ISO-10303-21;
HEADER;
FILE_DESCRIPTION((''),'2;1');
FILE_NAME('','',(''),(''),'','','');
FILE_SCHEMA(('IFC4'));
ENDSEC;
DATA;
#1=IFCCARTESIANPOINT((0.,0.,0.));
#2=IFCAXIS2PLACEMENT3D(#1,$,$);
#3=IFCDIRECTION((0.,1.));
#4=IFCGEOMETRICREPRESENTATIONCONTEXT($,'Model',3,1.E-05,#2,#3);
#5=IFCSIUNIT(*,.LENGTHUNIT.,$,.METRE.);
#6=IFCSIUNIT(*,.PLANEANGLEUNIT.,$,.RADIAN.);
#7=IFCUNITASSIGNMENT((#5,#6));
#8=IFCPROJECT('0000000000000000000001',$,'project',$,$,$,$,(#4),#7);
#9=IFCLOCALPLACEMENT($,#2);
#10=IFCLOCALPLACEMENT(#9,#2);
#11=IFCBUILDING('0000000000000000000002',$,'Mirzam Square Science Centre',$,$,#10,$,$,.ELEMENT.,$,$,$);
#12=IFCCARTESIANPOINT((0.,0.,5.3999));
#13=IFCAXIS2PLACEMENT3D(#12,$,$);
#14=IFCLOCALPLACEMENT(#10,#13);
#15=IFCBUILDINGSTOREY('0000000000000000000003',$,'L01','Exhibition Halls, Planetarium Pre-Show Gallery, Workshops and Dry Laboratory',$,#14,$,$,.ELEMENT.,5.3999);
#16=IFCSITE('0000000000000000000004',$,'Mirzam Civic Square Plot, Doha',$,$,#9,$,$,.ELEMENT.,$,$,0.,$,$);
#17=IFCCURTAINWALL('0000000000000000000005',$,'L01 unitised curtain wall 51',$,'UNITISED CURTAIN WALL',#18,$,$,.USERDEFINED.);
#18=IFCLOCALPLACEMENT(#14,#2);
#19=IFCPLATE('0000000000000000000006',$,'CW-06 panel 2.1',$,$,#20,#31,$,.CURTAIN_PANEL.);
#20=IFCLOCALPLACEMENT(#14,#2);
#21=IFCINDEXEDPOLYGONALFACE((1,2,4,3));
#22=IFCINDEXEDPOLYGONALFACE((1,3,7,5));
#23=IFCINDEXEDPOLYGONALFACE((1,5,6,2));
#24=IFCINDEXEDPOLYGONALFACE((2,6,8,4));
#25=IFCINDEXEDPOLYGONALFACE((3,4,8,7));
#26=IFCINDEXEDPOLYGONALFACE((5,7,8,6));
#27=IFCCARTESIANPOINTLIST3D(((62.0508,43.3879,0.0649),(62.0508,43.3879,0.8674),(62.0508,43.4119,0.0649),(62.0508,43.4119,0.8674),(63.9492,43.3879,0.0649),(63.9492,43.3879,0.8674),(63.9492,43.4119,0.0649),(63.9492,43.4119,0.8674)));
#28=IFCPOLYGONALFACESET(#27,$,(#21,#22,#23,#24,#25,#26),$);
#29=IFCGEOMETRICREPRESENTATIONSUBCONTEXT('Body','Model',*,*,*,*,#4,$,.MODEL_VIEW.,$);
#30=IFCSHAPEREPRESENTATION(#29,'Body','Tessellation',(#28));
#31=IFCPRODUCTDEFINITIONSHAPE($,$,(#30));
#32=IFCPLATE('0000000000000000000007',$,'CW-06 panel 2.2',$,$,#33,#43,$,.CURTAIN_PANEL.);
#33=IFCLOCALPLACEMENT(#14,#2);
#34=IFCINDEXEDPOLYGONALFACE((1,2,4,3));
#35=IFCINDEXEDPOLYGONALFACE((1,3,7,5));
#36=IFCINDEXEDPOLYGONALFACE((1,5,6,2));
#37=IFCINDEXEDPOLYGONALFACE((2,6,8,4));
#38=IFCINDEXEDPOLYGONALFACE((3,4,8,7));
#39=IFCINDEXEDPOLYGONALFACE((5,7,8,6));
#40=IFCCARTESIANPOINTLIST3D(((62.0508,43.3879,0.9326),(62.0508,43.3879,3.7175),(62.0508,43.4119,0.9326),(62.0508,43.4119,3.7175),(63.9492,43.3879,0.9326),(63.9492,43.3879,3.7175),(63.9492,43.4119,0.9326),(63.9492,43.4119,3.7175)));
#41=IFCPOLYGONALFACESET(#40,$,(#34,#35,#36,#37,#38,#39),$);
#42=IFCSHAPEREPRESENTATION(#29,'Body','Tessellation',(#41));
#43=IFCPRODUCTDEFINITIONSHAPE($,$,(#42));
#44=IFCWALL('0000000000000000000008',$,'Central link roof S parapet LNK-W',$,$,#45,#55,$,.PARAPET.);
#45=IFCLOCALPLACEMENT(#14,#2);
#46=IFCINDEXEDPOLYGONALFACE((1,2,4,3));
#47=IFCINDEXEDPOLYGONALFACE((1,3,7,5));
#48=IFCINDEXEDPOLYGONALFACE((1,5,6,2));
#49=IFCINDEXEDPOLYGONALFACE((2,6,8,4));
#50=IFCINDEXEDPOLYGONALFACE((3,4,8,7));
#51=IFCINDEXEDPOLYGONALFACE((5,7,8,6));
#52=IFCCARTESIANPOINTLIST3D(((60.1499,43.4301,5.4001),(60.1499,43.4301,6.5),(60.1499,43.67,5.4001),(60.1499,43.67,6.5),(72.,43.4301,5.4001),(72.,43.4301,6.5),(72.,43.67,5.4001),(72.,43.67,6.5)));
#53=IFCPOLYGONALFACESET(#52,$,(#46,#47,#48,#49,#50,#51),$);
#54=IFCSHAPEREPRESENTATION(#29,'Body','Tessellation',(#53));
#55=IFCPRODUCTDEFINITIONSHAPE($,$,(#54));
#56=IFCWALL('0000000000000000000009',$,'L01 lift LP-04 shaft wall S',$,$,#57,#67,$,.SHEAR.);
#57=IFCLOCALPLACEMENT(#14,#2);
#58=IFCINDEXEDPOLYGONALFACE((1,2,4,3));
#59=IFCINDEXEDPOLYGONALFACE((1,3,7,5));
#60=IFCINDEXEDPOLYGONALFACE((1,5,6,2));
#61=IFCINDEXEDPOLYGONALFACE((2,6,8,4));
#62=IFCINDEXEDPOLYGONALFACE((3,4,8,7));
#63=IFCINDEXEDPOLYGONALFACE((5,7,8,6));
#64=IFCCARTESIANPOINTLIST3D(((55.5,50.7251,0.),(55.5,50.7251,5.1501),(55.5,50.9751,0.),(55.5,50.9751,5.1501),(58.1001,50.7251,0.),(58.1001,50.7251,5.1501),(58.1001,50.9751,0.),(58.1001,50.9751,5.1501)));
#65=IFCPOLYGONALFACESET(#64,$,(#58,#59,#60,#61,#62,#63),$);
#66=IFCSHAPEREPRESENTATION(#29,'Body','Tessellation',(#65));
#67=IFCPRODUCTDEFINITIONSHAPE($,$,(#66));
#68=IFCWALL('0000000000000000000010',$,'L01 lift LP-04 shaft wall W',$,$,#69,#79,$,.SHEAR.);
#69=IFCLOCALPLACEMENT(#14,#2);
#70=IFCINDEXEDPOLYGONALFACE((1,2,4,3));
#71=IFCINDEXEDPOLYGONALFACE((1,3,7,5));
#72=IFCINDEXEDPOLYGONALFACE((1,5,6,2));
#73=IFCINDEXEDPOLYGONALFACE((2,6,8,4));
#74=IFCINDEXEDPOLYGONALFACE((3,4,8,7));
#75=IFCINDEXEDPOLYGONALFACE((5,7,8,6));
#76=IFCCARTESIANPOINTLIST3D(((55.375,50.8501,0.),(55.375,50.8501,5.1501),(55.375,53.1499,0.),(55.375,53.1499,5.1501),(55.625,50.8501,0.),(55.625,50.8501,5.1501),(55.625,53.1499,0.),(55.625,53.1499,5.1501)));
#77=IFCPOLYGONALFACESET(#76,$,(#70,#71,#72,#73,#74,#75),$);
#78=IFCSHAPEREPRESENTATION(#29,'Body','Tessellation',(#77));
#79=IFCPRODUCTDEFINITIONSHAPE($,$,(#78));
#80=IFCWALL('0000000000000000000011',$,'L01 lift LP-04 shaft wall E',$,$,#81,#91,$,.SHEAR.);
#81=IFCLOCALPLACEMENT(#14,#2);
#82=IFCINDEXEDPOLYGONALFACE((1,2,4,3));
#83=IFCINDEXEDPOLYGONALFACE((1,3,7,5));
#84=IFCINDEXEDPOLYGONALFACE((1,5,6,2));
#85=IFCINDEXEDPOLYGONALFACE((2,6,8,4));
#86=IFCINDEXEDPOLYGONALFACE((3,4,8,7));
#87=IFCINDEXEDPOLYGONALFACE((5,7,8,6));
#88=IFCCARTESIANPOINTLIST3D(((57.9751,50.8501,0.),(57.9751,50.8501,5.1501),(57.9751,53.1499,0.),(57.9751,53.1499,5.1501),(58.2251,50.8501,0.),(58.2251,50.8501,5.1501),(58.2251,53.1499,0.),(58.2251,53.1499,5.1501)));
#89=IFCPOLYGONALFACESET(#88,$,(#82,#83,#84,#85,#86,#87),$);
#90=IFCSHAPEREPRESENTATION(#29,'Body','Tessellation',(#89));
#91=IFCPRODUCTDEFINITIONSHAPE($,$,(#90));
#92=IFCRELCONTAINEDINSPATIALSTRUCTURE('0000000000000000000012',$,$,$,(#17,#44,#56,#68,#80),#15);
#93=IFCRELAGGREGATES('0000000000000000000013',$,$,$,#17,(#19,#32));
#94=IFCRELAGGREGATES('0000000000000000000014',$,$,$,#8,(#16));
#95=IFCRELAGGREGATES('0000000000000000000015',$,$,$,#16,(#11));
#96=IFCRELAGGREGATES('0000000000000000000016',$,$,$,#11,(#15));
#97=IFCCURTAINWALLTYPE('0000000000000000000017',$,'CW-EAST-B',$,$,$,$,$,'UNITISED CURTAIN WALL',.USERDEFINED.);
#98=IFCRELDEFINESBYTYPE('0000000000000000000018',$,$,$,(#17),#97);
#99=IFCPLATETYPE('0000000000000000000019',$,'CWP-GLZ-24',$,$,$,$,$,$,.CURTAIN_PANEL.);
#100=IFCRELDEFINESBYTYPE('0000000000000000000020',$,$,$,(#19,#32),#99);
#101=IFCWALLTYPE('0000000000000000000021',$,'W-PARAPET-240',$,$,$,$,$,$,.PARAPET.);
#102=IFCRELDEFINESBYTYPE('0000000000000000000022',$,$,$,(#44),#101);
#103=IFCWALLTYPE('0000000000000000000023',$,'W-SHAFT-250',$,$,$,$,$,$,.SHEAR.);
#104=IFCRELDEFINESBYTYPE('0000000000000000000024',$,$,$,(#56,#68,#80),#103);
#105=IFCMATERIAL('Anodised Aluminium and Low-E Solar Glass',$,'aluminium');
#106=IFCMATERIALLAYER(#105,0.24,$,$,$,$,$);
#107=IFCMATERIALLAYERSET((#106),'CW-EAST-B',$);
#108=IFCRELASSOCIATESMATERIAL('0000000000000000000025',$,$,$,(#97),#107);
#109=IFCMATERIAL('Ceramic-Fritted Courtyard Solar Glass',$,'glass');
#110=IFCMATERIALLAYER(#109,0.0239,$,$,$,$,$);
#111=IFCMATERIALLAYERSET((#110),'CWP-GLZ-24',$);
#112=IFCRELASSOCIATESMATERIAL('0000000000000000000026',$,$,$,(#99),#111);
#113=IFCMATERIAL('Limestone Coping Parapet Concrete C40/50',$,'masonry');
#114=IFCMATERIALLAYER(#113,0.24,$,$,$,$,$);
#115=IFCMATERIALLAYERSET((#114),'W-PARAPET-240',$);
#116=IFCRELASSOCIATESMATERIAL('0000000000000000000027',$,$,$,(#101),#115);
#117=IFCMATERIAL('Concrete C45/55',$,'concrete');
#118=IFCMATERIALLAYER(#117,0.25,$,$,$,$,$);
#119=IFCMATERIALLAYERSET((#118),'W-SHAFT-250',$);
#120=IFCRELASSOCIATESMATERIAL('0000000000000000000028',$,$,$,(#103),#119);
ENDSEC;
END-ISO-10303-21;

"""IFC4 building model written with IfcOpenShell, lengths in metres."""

from ifc_helpers import new_model, si_unit, direction, frame, frame_2d, origin, origin_2d, place, context, subcontext, project, spatial, rectangle, extrude, material, layer, layer_set, type_object, element, aggregate, save


model = new_model("IFC4")

# Units and contexts
model_context = context("Model", 3, precision=1e-05, world=origin(), true_north=direction((0.0, 1.0)))
body_context = subcontext(model_context, "Body", "Model", "MODEL_VIEW")
ifc_project = project(units=[si_unit("LENGTHUNIT", "METRE"), si_unit("PLANEANGLEUNIT", "RADIAN")], contexts=[model_context])

# Site, building, storey
site_placement = place(None, origin())
site = spatial("IfcSite", under=ifc_project, at=site_placement, Name="Mirzam Civic Square Plot, Doha", CompositionType="ELEMENT", RefElevation=0.0)
building_placement = place(site_placement, origin())
building = spatial("IfcBuilding", under=site, at=building_placement, Name="Mirzam Square Science Centre", CompositionType="ELEMENT")
storey_placement = place(building_placement, frame((0.0, 0.0, 5.3999)))
storey = spatial("IfcBuildingStorey", under=building, at=storey_placement, Name="L01", Description="Exhibition Halls, Planetarium Pre-Show Gallery, Workshops and Dry Laboratory", CompositionType="ELEMENT", Elevation=5.3999)

# Curtain wall
ifc_material_1 = material(Name="Anodised Aluminium and Low-E Solar Glass", Category="aluminium")
ifc_layer_1 = layer(ifc_material_1, 0.24)
ifc_layer_set_1 = layer_set([ifc_layer_1], Name="CW-EAST-B")
curtain_wall_type = type_object("IfcCurtainWallType", Name="CW-EAST-B", ElementType="UNITISED CURTAIN WALL", PredefinedType="USERDEFINED", material=ifc_layer_set_1)
curtain_wall_placement = place(storey_placement, origin())
curtain_wall = element("IfcCurtainWall", 1, at=curtain_wall_placement, inside=storey, type_object=curtain_wall_type, Name="L01 unitised curtain wall 51", ObjectType="UNITISED CURTAIN WALL", PredefinedType="USERDEFINED")

# Plates
ifc_material_2 = material(Name="Ceramic-Fritted Courtyard Solar Glass", Category="glass")
ifc_layer_2 = layer(ifc_material_2, 0.0239)
ifc_layer_set_2 = layer_set([ifc_layer_2], Name="CWP-GLZ-24")
plate_type = type_object("IfcPlateType", Name="CWP-GLZ-24", PredefinedType="CURTAIN_PANEL", material=ifc_layer_set_2)
plate_1_placement = place(storey_placement, frame((63.0, 43.3999, 0.0649), z_axis=(0.0, 0.0, 1.0), x_axis=(1.0, 0.0, 0.0)))
plate_1 = element("IfcPlate", 2, at=plate_1_placement, type_object=plate_type, Name="CW-06 panel 2.1", PredefinedType="CURTAIN_PANEL", context=body_context, shape_type="SweptSolid", body=[
    extrude(rectangle(XDim=1.8984, YDim=0.0239, at=origin_2d()), origin(), (0.0, 0.0, 1.0), 0.8025),
])
plate_2_placement = place(storey_placement, frame((63.0, 43.3999, 0.9326), z_axis=(0.0, 0.0, 1.0), x_axis=(1.0, 0.0, 0.0)))
plate_2 = element("IfcPlate", 3, at=plate_2_placement, type_object=plate_type, Name="CW-06 panel 2.2", PredefinedType="CURTAIN_PANEL", context=body_context, shape_type="SweptSolid", body=[
    extrude(rectangle(XDim=1.8984, YDim=0.0239, at=origin_2d()), origin(), (0.0, 0.0, 1.0), 2.7849),
])
aggregate(curtain_wall, [plate_1, plate_2])

# Walls
ifc_material_3 = material(Name="Limestone Coping Parapet Concrete C40/50", Category="masonry")
ifc_layer_3 = layer(ifc_material_3, 0.24)
ifc_layer_set_3 = layer_set([ifc_layer_3], Name="W-PARAPET-240")
wall_type_1 = type_object("IfcWallType", Name="W-PARAPET-240", PredefinedType="PARAPET", material=ifc_layer_set_3)
wall_1_placement = place(storey_placement, frame((60.1499, 43.55, 5.4001), z_axis=(0.0, 0.0, 1.0), x_axis=(1.0, 0.0, 0.0)))
element("IfcWall", 4, at=wall_1_placement, inside=storey, type_object=wall_type_1, Name="Central link roof S parapet LNK-W", PredefinedType="PARAPET", context=body_context, shape_type="SweptSolid", body=[
    extrude(rectangle(XDim=11.8501, YDim=0.24, at=frame_2d((5.925, 0.0))), origin(), (0.0, 0.0, 1.0), 1.0999),
])
ifc_material_4 = material(Name="Concrete C45/55", Category="concrete")
ifc_layer_4 = layer(ifc_material_4, 0.25)
ifc_layer_set_4 = layer_set([ifc_layer_4], Name="W-SHAFT-250")
wall_type_2 = type_object("IfcWallType", Name="W-SHAFT-250", PredefinedType="SHEAR", material=ifc_layer_set_4)
wall_2_placement = place(storey_placement, frame((55.5, 50.8501, 0.0), z_axis=(0.0, 0.0, 1.0), x_axis=(1.0, 0.0, 0.0)))
element("IfcWall", 5, at=wall_2_placement, inside=storey, type_object=wall_type_2, Name="L01 lift LP-04 shaft wall S", PredefinedType="SHEAR", context=body_context, shape_type="SweptSolid", body=[
    extrude(rectangle(XDim=2.6001, YDim=0.25, at=frame_2d((1.3, 0.0))), origin(), (0.0, 0.0, 1.0), 5.1501),
])

# Walls
for number, where, z_axis, x_axis, name in (
    (6, (55.5, 53.1499, 0.0), (0.0, 0.0, 1.0), (0.0, -1.0, 0.0), "L01 lift LP-04 shaft wall W"),
    (7, (58.1001, 50.8501, 0.0), (0.0, 0.0, 1.0), (0.0, 1.0, 0.0), "L01 lift LP-04 shaft wall E"),
):
    element("IfcWall", number, at=place(storey_placement, frame(where, z_axis=z_axis, x_axis=x_axis)), inside=storey, type_object=wall_type_2, Name=name, PredefinedType="SHEAR", context=body_context, shape_type="SweptSolid", body=[
        extrude(rectangle(XDim=2.2998, YDim=0.25, at=frame_2d((1.1499, 0.0))), origin(), (0.0, 0.0, 1.0), 5.1501),
    ])

save(model, "model.ifc")
